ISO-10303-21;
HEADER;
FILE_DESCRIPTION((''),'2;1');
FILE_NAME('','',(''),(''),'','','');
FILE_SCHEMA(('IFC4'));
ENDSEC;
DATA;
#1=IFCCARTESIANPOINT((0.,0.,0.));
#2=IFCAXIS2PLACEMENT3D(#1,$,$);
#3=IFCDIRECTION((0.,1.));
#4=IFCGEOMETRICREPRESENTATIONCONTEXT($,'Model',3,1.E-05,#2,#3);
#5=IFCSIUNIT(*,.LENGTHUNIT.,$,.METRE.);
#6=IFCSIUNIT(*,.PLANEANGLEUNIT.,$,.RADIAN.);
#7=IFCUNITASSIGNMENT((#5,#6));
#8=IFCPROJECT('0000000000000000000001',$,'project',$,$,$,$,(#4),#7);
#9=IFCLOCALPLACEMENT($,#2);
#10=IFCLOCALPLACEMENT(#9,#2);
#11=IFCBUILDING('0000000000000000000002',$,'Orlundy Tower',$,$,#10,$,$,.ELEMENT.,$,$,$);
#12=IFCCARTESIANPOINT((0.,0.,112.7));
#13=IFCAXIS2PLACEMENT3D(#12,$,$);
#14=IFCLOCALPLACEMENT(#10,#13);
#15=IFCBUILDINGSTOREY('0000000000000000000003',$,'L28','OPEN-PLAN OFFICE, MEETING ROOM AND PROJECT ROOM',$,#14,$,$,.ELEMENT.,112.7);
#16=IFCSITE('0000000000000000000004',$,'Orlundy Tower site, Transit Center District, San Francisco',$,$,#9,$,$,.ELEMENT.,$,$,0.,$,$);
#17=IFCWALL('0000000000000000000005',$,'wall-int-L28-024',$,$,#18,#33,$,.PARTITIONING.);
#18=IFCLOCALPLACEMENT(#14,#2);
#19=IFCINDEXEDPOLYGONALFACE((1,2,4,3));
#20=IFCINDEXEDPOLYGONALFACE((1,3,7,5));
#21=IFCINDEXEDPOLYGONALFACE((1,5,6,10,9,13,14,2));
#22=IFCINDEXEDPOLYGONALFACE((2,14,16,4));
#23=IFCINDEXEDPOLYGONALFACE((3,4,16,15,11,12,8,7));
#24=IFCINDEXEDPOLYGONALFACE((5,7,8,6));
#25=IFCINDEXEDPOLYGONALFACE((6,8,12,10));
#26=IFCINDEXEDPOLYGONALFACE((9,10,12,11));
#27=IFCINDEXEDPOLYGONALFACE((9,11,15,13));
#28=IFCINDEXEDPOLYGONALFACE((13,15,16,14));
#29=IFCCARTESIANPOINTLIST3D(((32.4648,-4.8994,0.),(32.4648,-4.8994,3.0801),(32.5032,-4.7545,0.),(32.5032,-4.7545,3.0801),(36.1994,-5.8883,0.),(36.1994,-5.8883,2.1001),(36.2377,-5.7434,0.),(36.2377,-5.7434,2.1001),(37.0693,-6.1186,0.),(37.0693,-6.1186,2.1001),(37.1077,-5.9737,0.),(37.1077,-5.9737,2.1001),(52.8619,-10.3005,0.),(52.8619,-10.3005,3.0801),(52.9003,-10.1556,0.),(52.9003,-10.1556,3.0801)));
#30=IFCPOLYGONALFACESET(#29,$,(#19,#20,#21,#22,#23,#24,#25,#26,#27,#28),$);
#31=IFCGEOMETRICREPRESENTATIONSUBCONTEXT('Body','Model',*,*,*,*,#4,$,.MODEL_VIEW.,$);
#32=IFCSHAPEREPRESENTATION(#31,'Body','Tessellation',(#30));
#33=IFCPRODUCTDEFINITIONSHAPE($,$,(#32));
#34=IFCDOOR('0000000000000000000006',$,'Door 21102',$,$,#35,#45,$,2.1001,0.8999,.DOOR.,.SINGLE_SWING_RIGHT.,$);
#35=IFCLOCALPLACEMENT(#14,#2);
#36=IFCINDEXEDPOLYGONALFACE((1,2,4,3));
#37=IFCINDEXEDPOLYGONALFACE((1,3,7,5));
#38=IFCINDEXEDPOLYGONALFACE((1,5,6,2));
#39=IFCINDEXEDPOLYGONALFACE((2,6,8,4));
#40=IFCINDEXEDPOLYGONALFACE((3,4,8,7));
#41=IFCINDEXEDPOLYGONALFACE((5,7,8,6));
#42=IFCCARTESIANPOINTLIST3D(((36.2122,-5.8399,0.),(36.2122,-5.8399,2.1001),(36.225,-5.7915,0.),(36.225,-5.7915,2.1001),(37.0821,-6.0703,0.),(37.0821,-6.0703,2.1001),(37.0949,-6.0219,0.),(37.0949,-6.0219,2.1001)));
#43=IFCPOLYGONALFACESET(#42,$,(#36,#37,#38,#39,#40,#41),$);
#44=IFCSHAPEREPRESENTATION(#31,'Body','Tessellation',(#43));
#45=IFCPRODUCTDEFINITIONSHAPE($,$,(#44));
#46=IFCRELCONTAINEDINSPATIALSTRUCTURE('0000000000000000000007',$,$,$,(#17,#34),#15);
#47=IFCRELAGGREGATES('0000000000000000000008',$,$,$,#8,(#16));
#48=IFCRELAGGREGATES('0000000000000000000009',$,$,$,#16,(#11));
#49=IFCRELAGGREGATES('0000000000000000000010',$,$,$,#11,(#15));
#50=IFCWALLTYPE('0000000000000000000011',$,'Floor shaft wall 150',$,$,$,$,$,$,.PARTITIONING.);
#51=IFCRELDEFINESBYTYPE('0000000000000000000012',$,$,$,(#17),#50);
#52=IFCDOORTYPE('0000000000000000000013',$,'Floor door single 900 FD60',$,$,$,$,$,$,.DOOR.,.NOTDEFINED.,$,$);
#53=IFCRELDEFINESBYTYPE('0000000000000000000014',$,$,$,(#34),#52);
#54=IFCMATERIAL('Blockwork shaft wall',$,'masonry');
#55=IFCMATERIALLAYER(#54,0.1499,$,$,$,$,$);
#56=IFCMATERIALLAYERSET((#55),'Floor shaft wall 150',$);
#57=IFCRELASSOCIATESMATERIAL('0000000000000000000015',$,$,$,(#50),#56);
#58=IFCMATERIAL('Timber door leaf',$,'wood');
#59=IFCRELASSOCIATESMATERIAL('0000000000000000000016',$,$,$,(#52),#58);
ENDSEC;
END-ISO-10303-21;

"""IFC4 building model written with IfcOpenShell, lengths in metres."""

from ifc_helpers import new_model, si_unit, direction, frame, frame_2d, origin, place, context, subcontext, project, spatial, rectangle, extrude, material, layer, layer_set, type_object, element, fill, save


model = new_model("IFC4")

# Units and contexts
model_context = context("Model", 3, precision=1e-05, world=origin(), true_north=direction((0.0, 1.0)))
body_context = subcontext(model_context, "Body", "Model", "MODEL_VIEW")
ifc_project = project(units=[si_unit("LENGTHUNIT", "METRE"), si_unit("PLANEANGLEUNIT", "RADIAN")], contexts=[model_context])

# Site, building, storey
site_placement = place(None, origin())
site = spatial("IfcSite", under=ifc_project, at=site_placement, Name="Orlundy Tower site, Transit Center District, San Francisco", CompositionType="ELEMENT", RefElevation=0.0)
building_placement = place(site_placement, origin())
building = spatial("IfcBuilding", under=site, at=building_placement, Name="Orlundy Tower", CompositionType="ELEMENT")
storey_placement = place(building_placement, frame((0.0, 0.0, 112.7)))
storey = spatial("IfcBuildingStorey", under=building, at=storey_placement, Name="L28", Description="OPEN-PLAN OFFICE, MEETING ROOM AND PROJECT ROOM", CompositionType="ELEMENT", Elevation=112.7)

# Wall, opening, door
ifc_material_1 = material(Name="Blockwork shaft wall", Category="masonry")
ifc_layer_1 = layer(ifc_material_1, 0.1499)
ifc_layer_set_1 = layer_set([ifc_layer_1], Name="Floor shaft wall 150")
wall_type_1 = type_object("IfcWallType", Name="Floor shaft wall 150", PredefinedType="PARTITIONING", material=ifc_layer_set_1)
wall_1_placement = place(storey_placement, frame((52.8811, -10.228, 0.0), z_axis=(0.0, 0.0, 1.0), x_axis=(-0.966683, 0.255975, 0.0)))
wall_1 = element("IfcWall", 1, at=wall_1_placement, inside=storey, type_object=wall_type_1, Name="wall-int-L28-024", PredefinedType="PARTITIONING", context=body_context, shape_type="SweptSolid", body=[
    extrude(rectangle(XDim=21.1001, YDim=0.1499, at=frame_2d((10.55, 0.0))), origin(), (0.0, 0.0, 1.0), 3.0801),
])
opening_1_placement = place(wall_1_placement, frame((16.3369, 0.0, 0.0)))
opening_1 = element("IfcOpeningElement", 2, at=opening_1_placement, cuts=wall_1, PredefinedType="OPENING", context=body_context, shape_type="SweptSolid", body=[
    extrude(rectangle(XDim=0.8999, YDim=2.1001, at=frame_2d((0.45, 1.05))), frame((0.0, 0.085, 0.0), z_axis=(0.0, -1.0, 0.0), x_axis=(1.0, 0.0, 0.0)), (0.0, 0.0, 1.0), 0.1699),
])
ifc_material_2 = material(Name="Timber door leaf", Category="wood")
door_type_1 = type_object("IfcDoorType", Name="Floor door single 900 FD60", OperationType="NOTDEFINED", PredefinedType="DOOR", material=ifc_material_2)
door_1_placement = place(opening_1_placement, origin())
door_1 = element("IfcDoor", 3, at=door_1_placement, inside=storey, type_object=door_type_1, Name="Door 21102", OperationType="SINGLE_SWING_RIGHT", OverallHeight=2.1001, OverallWidth=0.8999, PredefinedType="DOOR", context=body_context, shape_type="SweptSolid", body=[
    extrude(rectangle(XDim=0.8999, YDim=2.1001, at=frame_2d((0.45, 1.05))), frame((0.0, 0.0249, 0.0), z_axis=(0.0, -1.0, 0.0), x_axis=(1.0, 0.0, 0.0)), (0.0, 0.0, 1.0), 0.05),
])
fill(opening_1, door_1)

save(model, "model.ifc")
